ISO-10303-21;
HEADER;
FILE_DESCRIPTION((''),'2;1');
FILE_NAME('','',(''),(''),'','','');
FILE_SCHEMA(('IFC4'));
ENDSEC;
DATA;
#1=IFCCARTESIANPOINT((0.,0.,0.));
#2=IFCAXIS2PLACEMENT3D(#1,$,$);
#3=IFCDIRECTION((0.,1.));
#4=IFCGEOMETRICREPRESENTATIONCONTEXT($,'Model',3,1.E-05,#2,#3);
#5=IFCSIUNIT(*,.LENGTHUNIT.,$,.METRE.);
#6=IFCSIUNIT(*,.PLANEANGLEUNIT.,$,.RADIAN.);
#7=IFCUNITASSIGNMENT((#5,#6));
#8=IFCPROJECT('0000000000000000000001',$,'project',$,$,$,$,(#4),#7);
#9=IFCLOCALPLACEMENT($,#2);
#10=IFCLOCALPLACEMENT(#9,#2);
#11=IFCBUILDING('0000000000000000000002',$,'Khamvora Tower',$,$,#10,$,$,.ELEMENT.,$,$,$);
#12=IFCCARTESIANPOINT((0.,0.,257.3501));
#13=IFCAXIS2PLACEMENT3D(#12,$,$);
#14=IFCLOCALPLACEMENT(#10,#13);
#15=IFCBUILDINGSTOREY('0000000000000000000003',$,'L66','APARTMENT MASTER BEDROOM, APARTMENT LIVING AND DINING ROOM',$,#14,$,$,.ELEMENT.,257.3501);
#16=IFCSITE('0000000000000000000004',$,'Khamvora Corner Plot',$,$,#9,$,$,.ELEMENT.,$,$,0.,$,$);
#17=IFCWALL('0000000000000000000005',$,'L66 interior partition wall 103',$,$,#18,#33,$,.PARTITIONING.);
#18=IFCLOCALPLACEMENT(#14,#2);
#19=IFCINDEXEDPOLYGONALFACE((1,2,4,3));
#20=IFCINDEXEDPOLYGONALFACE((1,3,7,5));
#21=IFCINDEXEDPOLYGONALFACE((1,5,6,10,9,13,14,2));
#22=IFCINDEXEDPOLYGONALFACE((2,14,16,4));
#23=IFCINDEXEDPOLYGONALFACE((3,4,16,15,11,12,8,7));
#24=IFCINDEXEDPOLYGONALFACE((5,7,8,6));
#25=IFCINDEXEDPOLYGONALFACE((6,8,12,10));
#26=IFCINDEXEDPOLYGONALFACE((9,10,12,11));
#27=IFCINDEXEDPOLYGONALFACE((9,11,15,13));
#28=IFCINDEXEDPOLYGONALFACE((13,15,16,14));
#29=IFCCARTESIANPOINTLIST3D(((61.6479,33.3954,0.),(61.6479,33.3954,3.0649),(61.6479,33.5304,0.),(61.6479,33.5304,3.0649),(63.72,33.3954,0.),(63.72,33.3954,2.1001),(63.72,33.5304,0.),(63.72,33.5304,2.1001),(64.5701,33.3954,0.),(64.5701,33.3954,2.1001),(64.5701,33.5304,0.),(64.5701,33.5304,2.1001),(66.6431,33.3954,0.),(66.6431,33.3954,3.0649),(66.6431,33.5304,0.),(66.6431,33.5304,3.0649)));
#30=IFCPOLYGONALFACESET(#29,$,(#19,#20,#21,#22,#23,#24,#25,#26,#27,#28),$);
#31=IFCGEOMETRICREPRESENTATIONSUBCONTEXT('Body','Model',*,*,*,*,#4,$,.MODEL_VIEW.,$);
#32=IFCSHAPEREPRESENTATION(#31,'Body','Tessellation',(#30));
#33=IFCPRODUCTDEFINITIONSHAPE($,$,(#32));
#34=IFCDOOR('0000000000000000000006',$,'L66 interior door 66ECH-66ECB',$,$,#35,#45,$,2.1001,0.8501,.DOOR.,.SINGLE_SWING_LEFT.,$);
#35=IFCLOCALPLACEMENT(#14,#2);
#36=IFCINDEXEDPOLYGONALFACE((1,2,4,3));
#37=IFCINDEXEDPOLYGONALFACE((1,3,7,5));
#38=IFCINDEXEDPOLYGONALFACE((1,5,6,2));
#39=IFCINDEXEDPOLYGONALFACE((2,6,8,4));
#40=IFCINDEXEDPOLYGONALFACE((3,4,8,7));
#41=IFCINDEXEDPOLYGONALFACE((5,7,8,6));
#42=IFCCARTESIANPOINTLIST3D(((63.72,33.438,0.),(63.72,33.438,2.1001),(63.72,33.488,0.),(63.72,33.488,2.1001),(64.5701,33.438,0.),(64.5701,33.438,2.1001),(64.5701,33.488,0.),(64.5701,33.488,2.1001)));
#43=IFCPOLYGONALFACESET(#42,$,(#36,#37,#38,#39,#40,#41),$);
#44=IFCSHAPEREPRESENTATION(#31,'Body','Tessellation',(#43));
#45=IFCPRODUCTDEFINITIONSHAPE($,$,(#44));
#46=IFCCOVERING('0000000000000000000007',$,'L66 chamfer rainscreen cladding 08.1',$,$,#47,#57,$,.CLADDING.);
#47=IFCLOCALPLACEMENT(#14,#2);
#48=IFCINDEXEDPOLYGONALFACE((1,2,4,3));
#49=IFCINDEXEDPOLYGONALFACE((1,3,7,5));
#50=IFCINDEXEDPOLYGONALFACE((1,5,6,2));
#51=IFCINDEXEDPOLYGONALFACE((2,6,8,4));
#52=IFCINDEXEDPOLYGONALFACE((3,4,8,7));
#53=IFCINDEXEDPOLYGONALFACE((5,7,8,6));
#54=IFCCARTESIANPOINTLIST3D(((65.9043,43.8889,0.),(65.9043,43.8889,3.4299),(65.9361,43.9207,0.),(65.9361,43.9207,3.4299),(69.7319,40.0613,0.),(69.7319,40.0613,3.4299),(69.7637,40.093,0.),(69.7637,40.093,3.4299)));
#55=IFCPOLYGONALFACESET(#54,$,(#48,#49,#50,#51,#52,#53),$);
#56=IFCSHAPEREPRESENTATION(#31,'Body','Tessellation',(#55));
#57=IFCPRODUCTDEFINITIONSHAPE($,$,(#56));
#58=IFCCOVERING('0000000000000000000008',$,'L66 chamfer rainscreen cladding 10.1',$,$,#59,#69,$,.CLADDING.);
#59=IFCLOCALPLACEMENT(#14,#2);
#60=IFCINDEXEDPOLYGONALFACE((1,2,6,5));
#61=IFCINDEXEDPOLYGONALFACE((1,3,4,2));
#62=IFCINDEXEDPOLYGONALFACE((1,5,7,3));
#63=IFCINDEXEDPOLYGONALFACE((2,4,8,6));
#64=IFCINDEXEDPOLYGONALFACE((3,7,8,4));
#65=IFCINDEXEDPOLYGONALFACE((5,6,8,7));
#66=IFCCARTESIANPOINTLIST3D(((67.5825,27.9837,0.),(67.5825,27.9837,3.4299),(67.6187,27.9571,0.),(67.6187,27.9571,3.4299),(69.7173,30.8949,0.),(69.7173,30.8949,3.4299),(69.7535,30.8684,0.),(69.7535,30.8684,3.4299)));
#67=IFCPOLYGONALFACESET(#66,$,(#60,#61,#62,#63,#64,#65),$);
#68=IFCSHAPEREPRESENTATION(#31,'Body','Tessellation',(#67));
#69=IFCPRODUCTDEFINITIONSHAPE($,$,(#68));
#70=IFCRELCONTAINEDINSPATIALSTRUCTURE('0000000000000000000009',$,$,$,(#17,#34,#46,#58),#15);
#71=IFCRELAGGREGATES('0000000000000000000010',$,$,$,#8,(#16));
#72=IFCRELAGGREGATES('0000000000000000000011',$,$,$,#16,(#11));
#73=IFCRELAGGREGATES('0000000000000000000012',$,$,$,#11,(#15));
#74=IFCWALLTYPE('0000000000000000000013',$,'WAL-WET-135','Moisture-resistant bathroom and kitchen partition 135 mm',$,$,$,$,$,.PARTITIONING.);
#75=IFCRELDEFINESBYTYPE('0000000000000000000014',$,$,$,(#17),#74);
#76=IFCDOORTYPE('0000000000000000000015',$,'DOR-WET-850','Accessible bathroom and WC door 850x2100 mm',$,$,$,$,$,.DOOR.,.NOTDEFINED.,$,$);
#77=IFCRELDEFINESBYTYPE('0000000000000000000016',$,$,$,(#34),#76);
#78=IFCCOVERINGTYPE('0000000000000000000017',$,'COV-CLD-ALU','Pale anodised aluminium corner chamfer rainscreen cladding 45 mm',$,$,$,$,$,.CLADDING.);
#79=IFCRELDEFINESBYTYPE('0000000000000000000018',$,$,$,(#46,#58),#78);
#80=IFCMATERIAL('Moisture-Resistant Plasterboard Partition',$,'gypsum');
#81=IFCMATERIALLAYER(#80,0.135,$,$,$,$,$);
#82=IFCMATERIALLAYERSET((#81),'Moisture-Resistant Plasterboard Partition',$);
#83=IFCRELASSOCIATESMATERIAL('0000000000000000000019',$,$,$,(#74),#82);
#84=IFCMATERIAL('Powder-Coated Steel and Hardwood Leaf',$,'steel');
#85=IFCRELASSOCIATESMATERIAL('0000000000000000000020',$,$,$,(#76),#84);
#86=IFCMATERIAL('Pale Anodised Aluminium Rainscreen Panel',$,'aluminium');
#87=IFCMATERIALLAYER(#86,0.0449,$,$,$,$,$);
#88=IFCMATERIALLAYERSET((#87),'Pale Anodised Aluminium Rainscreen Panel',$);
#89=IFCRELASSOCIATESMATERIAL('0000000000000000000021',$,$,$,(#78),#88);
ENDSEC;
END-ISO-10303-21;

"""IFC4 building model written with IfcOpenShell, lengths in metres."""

from ifc_helpers import new_model, si_unit, direction, frame, frame_2d, origin, origin_2d, place, context, subcontext, project, spatial, rectangle, extrude, material, layer, layer_set, type_object, element, fill, save


model = new_model("IFC4")

# Units and contexts
model_context = context("Model", 3, precision=1e-05, world=origin(), true_north=direction((0.0, 1.0)))
body_context = subcontext(model_context, "Body", "Model", "MODEL_VIEW")
ifc_project = project(units=[si_unit("LENGTHUNIT", "METRE"), si_unit("PLANEANGLEUNIT", "RADIAN")], contexts=[model_context])

# Site, building, storey
site_placement = place(None, origin())
site = spatial("IfcSite", under=ifc_project, at=site_placement, Name="Khamvora Corner Plot", CompositionType="ELEMENT", RefElevation=0.0)
building_placement = place(site_placement, origin())
building = spatial("IfcBuilding", under=site, at=building_placement, Name="Khamvora Tower", CompositionType="ELEMENT")
storey_placement = place(building_placement, frame((0.0, 0.0, 257.3501)))
storey = spatial("IfcBuildingStorey", under=building, at=storey_placement, Name="L66", Description="APARTMENT MASTER BEDROOM, APARTMENT LIVING AND DINING ROOM", CompositionType="ELEMENT", Elevation=257.3501)

# Shared definitions
ifc_material_1 = material(Name="Powder-Coated Steel and Hardwood Leaf", Category="steel")

# Shared definitions
ifc_material_2 = material(Name="Moisture-Resistant Plasterboard Partition", Category="gypsum")
ifc_layer_1 = layer(ifc_material_2, 0.135)
ifc_layer_set_1 = layer_set([ifc_layer_1], Name="Moisture-Resistant Plasterboard Partition")
wall_type_1 = type_object("IfcWallType", Name="WAL-WET-135", Description="Moisture-resistant bathroom and kitchen partition 135 mm", PredefinedType="PARTITIONING", material=ifc_layer_set_1)

# Wall, opening, door
wall_1_placement = place(storey_placement, frame((66.6431, 33.4629, 0.0), z_axis=(0.0, 0.0, 1.0), x_axis=(-1.0, 0.0, 0.0)))
wall_1 = element("IfcWall", 1, at=wall_1_placement, inside=storey, type_object=wall_type_1, Name="L66 interior partition wall 103", PredefinedType="PARTITIONING", context=body_context, shape_type="SweptSolid", body=[
    extrude(rectangle(XDim=4.9951, YDim=0.135, at=frame_2d((2.4976, 0.0))), origin(), (0.0, 0.0, 1.0), 3.0649),
])
opening_1_placement = place(wall_1_placement, frame((2.073, 0.0, 0.0)))
opening_1 = element("IfcOpeningElement", 2, at=opening_1_placement, cuts=wall_1, PredefinedType="OPENING", context=body_context, shape_type="SweptSolid", body=[
    extrude(rectangle(XDim=0.8501, YDim=2.1001, at=frame_2d((0.425, 1.05))), frame((0.0, 0.0774, 0.0), z_axis=(0.0, -1.0, 0.0), x_axis=(1.0, 0.0, 0.0)), (0.0, 0.0, 1.0), 0.155),
])
door_type_1 = type_object("IfcDoorType", Name="DOR-WET-850", Description="Accessible bathroom and WC door 850x2100 mm", OperationType="NOTDEFINED", PredefinedType="DOOR", material=ifc_material_1)
door_1_placement = place(opening_1_placement, origin())
door_1 = element("IfcDoor", 3, at=door_1_placement, inside=storey, type_object=door_type_1, Name="L66 interior door 66ECH-66ECB", OperationType="SINGLE_SWING_LEFT", OverallHeight=2.1001, OverallWidth=0.8501, PredefinedType="DOOR", context=body_context, shape_type="SweptSolid", body=[
    extrude(rectangle(XDim=0.8501, YDim=2.1001, at=frame_2d((0.425, 1.05))), frame((0.0, 0.0249, 0.0), z_axis=(0.0, -1.0, 0.0), x_axis=(1.0, 0.0, 0.0)), (0.0, 0.0, 1.0), 0.05),
])
fill(opening_1, door_1)

# Coverings
ifc_material_3 = material(Name="Pale Anodised Aluminium Rainscreen Panel", Category="aluminium")
ifc_layer_2 = layer(ifc_material_3, 0.0449)
ifc_layer_set_2 = layer_set([ifc_layer_2], Name="Pale Anodised Aluminium Rainscreen Panel")
covering_type = type_object("IfcCoveringType", Name="COV-CLD-ALU", Description="Pale anodised aluminium corner chamfer rainscreen cladding 45 mm", PredefinedType="CLADDING", material=ifc_layer_set_2)
covering_1_placement = place(storey_placement, frame((67.834, 41.991, 0.0), z_axis=(0.0, 0.0, 1.0), x_axis=(0.707107, -0.707107, 0.0)))
element("IfcCovering", 4, at=covering_1_placement, inside=storey, type_object=covering_type, Name="L66 chamfer rainscreen cladding 08.1", PredefinedType="CLADDING", context=body_context, shape_type="SweptSolid", body=[
    extrude(rectangle(XDim=5.4131, YDim=0.0449, at=origin_2d()), origin(), (0.0, 0.0, 1.0), 3.4299),
])
covering_2_placement = place(storey_placement, frame((68.668, 29.426, 0.0), z_axis=(0.0, 0.0, 1.0), x_axis=(-0.59134, -0.806422, 0.0)))
element("IfcCovering", 5, at=covering_2_placement, inside=storey, type_object=covering_type, Name="L66 chamfer rainscreen cladding 10.1", PredefinedType="CLADDING", context=body_context, shape_type="SweptSolid", body=[
    extrude(rectangle(XDim=3.6101, YDim=0.0449, at=origin_2d()), origin(), (0.0, 0.0, 1.0), 3.4299),
])

save(model, "model.ifc")
